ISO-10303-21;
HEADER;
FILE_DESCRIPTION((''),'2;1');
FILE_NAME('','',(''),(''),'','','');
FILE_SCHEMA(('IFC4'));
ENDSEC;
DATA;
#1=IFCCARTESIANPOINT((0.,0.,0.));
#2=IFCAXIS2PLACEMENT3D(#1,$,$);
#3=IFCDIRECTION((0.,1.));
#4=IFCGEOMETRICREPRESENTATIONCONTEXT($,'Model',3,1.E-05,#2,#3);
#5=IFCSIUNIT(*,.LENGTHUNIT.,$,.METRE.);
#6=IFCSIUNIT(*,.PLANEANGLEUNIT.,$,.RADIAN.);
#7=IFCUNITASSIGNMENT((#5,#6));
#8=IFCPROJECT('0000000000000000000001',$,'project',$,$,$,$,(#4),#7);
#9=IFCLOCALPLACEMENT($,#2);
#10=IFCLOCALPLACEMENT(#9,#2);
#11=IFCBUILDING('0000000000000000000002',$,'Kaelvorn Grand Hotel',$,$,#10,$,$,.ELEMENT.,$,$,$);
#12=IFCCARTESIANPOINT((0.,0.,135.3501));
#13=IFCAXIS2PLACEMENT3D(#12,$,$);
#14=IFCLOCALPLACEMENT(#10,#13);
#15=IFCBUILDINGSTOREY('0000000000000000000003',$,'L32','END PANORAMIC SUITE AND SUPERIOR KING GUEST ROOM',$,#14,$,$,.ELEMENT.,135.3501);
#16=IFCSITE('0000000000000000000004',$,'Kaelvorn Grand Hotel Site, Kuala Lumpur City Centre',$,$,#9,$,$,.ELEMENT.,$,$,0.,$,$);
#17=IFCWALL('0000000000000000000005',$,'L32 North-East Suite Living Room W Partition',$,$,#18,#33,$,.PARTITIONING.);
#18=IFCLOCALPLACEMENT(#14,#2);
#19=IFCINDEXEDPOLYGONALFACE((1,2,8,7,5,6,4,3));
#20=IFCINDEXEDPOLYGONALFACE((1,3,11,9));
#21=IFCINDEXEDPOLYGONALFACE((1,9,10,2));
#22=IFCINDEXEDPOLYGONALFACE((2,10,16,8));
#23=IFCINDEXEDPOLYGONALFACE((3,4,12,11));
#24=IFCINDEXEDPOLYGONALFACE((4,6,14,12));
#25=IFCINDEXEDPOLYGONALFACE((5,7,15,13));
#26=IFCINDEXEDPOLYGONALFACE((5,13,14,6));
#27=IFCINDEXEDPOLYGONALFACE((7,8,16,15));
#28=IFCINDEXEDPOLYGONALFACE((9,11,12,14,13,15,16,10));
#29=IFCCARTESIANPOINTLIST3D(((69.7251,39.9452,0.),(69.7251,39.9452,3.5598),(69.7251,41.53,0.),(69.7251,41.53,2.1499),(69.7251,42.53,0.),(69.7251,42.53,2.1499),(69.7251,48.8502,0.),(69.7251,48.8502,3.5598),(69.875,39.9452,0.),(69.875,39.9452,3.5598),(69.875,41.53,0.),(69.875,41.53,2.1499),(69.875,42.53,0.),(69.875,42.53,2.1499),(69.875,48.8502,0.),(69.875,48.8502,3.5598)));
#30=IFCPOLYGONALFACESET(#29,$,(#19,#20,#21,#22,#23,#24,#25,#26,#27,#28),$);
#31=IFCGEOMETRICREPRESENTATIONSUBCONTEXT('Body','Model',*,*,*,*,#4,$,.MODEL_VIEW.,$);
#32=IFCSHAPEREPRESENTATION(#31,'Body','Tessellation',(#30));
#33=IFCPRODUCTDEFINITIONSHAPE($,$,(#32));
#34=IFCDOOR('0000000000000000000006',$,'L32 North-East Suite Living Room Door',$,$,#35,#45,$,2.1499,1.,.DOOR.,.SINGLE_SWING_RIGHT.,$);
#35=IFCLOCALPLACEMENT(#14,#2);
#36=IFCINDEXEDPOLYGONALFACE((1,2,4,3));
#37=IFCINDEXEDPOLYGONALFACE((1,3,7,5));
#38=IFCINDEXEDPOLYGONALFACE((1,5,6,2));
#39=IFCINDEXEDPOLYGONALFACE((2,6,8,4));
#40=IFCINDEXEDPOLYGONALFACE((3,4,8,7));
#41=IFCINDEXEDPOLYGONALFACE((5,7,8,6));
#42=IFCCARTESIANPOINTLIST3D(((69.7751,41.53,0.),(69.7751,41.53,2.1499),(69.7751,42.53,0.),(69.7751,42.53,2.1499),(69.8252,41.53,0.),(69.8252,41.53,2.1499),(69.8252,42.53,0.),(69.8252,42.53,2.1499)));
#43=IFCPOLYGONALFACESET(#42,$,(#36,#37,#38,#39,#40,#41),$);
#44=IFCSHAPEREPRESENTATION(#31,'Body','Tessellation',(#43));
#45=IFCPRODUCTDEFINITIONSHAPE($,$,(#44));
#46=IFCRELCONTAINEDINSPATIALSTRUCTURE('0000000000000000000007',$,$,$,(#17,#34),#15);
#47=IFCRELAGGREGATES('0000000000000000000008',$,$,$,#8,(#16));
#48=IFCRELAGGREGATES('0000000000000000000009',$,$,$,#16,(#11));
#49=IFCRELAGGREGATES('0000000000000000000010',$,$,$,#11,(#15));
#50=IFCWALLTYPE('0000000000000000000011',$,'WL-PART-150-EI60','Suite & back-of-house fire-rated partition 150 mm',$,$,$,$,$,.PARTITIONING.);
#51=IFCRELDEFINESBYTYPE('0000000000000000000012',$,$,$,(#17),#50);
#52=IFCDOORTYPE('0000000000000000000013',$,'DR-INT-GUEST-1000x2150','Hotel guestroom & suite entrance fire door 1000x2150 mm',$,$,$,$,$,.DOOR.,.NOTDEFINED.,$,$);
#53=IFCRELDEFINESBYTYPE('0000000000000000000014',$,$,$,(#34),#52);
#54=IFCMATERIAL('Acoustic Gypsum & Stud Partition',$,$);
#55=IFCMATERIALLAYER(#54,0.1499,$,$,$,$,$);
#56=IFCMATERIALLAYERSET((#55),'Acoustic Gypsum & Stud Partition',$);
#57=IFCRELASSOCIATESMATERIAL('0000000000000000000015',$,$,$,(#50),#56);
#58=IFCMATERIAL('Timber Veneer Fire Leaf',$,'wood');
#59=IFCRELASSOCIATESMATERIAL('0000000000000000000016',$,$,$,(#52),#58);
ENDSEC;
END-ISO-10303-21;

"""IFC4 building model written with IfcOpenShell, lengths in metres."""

from ifc_helpers import new_model, si_unit, direction, frame, frame_2d, origin, place, context, subcontext, project, spatial, rectangle, extrude, material, layer, layer_set, type_object, element, fill, save


model = new_model("IFC4")

# Units and contexts
model_context = context("Model", 3, precision=1e-05, world=origin(), true_north=direction((0.0, 1.0)))
body_context = subcontext(model_context, "Body", "Model", "MODEL_VIEW")
ifc_project = project(units=[si_unit("LENGTHUNIT", "METRE"), si_unit("PLANEANGLEUNIT", "RADIAN")], contexts=[model_context])

# Site, building, storey
site_placement = place(None, origin())
site = spatial("IfcSite", under=ifc_project, at=site_placement, Name="Kaelvorn Grand Hotel Site, Kuala Lumpur City Centre", CompositionType="ELEMENT", RefElevation=0.0)
building_placement = place(site_placement, origin())
building = spatial("IfcBuilding", under=site, at=building_placement, Name="Kaelvorn Grand Hotel", CompositionType="ELEMENT")
storey_placement = place(building_placement, frame((0.0, 0.0, 135.3501)))
storey = spatial("IfcBuildingStorey", under=building, at=storey_placement, Name="L32", Description="END PANORAMIC SUITE AND SUPERIOR KING GUEST ROOM", CompositionType="ELEMENT", Elevation=135.3501)

# Wall, opening, door
ifc_material_1 = material(Name="Acoustic Gypsum & Stud Partition")
ifc_layer_1 = layer(ifc_material_1, 0.1499)
ifc_layer_set_1 = layer_set([ifc_layer_1], Name="Acoustic Gypsum & Stud Partition")
wall_type_1 = type_object("IfcWallType", Name="WL-PART-150-EI60", Description="Suite & back-of-house fire-rated partition 150 mm", PredefinedType="PARTITIONING", material=ifc_layer_set_1)
wall_1_placement = place(storey_placement, frame((69.8, 39.9451, 0.0), z_axis=(0.0, 0.0, 1.0), x_axis=(0.0, 1.0, 0.0)))
wall_1 = element("IfcWall", 1, at=wall_1_placement, inside=storey, type_object=wall_type_1, Name="L32 North-East Suite Living Room W Partition", PredefinedType="PARTITIONING", context=body_context, shape_type="SweptSolid", body=[
    extrude(rectangle(XDim=8.905, YDim=0.1499, at=frame_2d((4.4526, 0.0))), origin(), (0.0, 0.0, 1.0), 3.5598),
])
opening_1_placement = place(wall_1_placement, frame((1.585, 0.0, 0.0)))
opening_1 = element("IfcOpeningElement", 2, at=opening_1_placement, cuts=wall_1, PredefinedType="OPENING", context=body_context, shape_type="SweptSolid", body=[
    extrude(rectangle(XDim=1.0, YDim=2.1499, at=frame_2d((0.5, 1.075))), frame((0.0, 0.085, 0.0), z_axis=(0.0, -1.0, 0.0), x_axis=(1.0, 0.0, 0.0)), (0.0, 0.0, 1.0), 0.1699),
])
ifc_material_2 = material(Name="Timber Veneer Fire Leaf", Category="wood")
door_type_1 = type_object("IfcDoorType", Name="DR-INT-GUEST-1000x2150", Description="Hotel guestroom & suite entrance fire door 1000x2150 mm", OperationType="NOTDEFINED", PredefinedType="DOOR", material=ifc_material_2)
door_1_placement = place(opening_1_placement, origin())
door_1 = element("IfcDoor", 3, at=door_1_placement, inside=storey, type_object=door_type_1, Name="L32 North-East Suite Living Room Door", OperationType="SINGLE_SWING_RIGHT", OverallHeight=2.1499, OverallWidth=1.0, PredefinedType="DOOR", context=body_context, shape_type="SweptSolid", body=[
    extrude(rectangle(XDim=1.0, YDim=2.1499, at=frame_2d((0.5, 1.075))), frame((0.0, 0.0249, 0.0), z_axis=(0.0, -1.0, 0.0), x_axis=(1.0, 0.0, 0.0)), (0.0, 0.0, 1.0), 0.05),
])
fill(opening_1, door_1)

save(model, "model.ifc")
